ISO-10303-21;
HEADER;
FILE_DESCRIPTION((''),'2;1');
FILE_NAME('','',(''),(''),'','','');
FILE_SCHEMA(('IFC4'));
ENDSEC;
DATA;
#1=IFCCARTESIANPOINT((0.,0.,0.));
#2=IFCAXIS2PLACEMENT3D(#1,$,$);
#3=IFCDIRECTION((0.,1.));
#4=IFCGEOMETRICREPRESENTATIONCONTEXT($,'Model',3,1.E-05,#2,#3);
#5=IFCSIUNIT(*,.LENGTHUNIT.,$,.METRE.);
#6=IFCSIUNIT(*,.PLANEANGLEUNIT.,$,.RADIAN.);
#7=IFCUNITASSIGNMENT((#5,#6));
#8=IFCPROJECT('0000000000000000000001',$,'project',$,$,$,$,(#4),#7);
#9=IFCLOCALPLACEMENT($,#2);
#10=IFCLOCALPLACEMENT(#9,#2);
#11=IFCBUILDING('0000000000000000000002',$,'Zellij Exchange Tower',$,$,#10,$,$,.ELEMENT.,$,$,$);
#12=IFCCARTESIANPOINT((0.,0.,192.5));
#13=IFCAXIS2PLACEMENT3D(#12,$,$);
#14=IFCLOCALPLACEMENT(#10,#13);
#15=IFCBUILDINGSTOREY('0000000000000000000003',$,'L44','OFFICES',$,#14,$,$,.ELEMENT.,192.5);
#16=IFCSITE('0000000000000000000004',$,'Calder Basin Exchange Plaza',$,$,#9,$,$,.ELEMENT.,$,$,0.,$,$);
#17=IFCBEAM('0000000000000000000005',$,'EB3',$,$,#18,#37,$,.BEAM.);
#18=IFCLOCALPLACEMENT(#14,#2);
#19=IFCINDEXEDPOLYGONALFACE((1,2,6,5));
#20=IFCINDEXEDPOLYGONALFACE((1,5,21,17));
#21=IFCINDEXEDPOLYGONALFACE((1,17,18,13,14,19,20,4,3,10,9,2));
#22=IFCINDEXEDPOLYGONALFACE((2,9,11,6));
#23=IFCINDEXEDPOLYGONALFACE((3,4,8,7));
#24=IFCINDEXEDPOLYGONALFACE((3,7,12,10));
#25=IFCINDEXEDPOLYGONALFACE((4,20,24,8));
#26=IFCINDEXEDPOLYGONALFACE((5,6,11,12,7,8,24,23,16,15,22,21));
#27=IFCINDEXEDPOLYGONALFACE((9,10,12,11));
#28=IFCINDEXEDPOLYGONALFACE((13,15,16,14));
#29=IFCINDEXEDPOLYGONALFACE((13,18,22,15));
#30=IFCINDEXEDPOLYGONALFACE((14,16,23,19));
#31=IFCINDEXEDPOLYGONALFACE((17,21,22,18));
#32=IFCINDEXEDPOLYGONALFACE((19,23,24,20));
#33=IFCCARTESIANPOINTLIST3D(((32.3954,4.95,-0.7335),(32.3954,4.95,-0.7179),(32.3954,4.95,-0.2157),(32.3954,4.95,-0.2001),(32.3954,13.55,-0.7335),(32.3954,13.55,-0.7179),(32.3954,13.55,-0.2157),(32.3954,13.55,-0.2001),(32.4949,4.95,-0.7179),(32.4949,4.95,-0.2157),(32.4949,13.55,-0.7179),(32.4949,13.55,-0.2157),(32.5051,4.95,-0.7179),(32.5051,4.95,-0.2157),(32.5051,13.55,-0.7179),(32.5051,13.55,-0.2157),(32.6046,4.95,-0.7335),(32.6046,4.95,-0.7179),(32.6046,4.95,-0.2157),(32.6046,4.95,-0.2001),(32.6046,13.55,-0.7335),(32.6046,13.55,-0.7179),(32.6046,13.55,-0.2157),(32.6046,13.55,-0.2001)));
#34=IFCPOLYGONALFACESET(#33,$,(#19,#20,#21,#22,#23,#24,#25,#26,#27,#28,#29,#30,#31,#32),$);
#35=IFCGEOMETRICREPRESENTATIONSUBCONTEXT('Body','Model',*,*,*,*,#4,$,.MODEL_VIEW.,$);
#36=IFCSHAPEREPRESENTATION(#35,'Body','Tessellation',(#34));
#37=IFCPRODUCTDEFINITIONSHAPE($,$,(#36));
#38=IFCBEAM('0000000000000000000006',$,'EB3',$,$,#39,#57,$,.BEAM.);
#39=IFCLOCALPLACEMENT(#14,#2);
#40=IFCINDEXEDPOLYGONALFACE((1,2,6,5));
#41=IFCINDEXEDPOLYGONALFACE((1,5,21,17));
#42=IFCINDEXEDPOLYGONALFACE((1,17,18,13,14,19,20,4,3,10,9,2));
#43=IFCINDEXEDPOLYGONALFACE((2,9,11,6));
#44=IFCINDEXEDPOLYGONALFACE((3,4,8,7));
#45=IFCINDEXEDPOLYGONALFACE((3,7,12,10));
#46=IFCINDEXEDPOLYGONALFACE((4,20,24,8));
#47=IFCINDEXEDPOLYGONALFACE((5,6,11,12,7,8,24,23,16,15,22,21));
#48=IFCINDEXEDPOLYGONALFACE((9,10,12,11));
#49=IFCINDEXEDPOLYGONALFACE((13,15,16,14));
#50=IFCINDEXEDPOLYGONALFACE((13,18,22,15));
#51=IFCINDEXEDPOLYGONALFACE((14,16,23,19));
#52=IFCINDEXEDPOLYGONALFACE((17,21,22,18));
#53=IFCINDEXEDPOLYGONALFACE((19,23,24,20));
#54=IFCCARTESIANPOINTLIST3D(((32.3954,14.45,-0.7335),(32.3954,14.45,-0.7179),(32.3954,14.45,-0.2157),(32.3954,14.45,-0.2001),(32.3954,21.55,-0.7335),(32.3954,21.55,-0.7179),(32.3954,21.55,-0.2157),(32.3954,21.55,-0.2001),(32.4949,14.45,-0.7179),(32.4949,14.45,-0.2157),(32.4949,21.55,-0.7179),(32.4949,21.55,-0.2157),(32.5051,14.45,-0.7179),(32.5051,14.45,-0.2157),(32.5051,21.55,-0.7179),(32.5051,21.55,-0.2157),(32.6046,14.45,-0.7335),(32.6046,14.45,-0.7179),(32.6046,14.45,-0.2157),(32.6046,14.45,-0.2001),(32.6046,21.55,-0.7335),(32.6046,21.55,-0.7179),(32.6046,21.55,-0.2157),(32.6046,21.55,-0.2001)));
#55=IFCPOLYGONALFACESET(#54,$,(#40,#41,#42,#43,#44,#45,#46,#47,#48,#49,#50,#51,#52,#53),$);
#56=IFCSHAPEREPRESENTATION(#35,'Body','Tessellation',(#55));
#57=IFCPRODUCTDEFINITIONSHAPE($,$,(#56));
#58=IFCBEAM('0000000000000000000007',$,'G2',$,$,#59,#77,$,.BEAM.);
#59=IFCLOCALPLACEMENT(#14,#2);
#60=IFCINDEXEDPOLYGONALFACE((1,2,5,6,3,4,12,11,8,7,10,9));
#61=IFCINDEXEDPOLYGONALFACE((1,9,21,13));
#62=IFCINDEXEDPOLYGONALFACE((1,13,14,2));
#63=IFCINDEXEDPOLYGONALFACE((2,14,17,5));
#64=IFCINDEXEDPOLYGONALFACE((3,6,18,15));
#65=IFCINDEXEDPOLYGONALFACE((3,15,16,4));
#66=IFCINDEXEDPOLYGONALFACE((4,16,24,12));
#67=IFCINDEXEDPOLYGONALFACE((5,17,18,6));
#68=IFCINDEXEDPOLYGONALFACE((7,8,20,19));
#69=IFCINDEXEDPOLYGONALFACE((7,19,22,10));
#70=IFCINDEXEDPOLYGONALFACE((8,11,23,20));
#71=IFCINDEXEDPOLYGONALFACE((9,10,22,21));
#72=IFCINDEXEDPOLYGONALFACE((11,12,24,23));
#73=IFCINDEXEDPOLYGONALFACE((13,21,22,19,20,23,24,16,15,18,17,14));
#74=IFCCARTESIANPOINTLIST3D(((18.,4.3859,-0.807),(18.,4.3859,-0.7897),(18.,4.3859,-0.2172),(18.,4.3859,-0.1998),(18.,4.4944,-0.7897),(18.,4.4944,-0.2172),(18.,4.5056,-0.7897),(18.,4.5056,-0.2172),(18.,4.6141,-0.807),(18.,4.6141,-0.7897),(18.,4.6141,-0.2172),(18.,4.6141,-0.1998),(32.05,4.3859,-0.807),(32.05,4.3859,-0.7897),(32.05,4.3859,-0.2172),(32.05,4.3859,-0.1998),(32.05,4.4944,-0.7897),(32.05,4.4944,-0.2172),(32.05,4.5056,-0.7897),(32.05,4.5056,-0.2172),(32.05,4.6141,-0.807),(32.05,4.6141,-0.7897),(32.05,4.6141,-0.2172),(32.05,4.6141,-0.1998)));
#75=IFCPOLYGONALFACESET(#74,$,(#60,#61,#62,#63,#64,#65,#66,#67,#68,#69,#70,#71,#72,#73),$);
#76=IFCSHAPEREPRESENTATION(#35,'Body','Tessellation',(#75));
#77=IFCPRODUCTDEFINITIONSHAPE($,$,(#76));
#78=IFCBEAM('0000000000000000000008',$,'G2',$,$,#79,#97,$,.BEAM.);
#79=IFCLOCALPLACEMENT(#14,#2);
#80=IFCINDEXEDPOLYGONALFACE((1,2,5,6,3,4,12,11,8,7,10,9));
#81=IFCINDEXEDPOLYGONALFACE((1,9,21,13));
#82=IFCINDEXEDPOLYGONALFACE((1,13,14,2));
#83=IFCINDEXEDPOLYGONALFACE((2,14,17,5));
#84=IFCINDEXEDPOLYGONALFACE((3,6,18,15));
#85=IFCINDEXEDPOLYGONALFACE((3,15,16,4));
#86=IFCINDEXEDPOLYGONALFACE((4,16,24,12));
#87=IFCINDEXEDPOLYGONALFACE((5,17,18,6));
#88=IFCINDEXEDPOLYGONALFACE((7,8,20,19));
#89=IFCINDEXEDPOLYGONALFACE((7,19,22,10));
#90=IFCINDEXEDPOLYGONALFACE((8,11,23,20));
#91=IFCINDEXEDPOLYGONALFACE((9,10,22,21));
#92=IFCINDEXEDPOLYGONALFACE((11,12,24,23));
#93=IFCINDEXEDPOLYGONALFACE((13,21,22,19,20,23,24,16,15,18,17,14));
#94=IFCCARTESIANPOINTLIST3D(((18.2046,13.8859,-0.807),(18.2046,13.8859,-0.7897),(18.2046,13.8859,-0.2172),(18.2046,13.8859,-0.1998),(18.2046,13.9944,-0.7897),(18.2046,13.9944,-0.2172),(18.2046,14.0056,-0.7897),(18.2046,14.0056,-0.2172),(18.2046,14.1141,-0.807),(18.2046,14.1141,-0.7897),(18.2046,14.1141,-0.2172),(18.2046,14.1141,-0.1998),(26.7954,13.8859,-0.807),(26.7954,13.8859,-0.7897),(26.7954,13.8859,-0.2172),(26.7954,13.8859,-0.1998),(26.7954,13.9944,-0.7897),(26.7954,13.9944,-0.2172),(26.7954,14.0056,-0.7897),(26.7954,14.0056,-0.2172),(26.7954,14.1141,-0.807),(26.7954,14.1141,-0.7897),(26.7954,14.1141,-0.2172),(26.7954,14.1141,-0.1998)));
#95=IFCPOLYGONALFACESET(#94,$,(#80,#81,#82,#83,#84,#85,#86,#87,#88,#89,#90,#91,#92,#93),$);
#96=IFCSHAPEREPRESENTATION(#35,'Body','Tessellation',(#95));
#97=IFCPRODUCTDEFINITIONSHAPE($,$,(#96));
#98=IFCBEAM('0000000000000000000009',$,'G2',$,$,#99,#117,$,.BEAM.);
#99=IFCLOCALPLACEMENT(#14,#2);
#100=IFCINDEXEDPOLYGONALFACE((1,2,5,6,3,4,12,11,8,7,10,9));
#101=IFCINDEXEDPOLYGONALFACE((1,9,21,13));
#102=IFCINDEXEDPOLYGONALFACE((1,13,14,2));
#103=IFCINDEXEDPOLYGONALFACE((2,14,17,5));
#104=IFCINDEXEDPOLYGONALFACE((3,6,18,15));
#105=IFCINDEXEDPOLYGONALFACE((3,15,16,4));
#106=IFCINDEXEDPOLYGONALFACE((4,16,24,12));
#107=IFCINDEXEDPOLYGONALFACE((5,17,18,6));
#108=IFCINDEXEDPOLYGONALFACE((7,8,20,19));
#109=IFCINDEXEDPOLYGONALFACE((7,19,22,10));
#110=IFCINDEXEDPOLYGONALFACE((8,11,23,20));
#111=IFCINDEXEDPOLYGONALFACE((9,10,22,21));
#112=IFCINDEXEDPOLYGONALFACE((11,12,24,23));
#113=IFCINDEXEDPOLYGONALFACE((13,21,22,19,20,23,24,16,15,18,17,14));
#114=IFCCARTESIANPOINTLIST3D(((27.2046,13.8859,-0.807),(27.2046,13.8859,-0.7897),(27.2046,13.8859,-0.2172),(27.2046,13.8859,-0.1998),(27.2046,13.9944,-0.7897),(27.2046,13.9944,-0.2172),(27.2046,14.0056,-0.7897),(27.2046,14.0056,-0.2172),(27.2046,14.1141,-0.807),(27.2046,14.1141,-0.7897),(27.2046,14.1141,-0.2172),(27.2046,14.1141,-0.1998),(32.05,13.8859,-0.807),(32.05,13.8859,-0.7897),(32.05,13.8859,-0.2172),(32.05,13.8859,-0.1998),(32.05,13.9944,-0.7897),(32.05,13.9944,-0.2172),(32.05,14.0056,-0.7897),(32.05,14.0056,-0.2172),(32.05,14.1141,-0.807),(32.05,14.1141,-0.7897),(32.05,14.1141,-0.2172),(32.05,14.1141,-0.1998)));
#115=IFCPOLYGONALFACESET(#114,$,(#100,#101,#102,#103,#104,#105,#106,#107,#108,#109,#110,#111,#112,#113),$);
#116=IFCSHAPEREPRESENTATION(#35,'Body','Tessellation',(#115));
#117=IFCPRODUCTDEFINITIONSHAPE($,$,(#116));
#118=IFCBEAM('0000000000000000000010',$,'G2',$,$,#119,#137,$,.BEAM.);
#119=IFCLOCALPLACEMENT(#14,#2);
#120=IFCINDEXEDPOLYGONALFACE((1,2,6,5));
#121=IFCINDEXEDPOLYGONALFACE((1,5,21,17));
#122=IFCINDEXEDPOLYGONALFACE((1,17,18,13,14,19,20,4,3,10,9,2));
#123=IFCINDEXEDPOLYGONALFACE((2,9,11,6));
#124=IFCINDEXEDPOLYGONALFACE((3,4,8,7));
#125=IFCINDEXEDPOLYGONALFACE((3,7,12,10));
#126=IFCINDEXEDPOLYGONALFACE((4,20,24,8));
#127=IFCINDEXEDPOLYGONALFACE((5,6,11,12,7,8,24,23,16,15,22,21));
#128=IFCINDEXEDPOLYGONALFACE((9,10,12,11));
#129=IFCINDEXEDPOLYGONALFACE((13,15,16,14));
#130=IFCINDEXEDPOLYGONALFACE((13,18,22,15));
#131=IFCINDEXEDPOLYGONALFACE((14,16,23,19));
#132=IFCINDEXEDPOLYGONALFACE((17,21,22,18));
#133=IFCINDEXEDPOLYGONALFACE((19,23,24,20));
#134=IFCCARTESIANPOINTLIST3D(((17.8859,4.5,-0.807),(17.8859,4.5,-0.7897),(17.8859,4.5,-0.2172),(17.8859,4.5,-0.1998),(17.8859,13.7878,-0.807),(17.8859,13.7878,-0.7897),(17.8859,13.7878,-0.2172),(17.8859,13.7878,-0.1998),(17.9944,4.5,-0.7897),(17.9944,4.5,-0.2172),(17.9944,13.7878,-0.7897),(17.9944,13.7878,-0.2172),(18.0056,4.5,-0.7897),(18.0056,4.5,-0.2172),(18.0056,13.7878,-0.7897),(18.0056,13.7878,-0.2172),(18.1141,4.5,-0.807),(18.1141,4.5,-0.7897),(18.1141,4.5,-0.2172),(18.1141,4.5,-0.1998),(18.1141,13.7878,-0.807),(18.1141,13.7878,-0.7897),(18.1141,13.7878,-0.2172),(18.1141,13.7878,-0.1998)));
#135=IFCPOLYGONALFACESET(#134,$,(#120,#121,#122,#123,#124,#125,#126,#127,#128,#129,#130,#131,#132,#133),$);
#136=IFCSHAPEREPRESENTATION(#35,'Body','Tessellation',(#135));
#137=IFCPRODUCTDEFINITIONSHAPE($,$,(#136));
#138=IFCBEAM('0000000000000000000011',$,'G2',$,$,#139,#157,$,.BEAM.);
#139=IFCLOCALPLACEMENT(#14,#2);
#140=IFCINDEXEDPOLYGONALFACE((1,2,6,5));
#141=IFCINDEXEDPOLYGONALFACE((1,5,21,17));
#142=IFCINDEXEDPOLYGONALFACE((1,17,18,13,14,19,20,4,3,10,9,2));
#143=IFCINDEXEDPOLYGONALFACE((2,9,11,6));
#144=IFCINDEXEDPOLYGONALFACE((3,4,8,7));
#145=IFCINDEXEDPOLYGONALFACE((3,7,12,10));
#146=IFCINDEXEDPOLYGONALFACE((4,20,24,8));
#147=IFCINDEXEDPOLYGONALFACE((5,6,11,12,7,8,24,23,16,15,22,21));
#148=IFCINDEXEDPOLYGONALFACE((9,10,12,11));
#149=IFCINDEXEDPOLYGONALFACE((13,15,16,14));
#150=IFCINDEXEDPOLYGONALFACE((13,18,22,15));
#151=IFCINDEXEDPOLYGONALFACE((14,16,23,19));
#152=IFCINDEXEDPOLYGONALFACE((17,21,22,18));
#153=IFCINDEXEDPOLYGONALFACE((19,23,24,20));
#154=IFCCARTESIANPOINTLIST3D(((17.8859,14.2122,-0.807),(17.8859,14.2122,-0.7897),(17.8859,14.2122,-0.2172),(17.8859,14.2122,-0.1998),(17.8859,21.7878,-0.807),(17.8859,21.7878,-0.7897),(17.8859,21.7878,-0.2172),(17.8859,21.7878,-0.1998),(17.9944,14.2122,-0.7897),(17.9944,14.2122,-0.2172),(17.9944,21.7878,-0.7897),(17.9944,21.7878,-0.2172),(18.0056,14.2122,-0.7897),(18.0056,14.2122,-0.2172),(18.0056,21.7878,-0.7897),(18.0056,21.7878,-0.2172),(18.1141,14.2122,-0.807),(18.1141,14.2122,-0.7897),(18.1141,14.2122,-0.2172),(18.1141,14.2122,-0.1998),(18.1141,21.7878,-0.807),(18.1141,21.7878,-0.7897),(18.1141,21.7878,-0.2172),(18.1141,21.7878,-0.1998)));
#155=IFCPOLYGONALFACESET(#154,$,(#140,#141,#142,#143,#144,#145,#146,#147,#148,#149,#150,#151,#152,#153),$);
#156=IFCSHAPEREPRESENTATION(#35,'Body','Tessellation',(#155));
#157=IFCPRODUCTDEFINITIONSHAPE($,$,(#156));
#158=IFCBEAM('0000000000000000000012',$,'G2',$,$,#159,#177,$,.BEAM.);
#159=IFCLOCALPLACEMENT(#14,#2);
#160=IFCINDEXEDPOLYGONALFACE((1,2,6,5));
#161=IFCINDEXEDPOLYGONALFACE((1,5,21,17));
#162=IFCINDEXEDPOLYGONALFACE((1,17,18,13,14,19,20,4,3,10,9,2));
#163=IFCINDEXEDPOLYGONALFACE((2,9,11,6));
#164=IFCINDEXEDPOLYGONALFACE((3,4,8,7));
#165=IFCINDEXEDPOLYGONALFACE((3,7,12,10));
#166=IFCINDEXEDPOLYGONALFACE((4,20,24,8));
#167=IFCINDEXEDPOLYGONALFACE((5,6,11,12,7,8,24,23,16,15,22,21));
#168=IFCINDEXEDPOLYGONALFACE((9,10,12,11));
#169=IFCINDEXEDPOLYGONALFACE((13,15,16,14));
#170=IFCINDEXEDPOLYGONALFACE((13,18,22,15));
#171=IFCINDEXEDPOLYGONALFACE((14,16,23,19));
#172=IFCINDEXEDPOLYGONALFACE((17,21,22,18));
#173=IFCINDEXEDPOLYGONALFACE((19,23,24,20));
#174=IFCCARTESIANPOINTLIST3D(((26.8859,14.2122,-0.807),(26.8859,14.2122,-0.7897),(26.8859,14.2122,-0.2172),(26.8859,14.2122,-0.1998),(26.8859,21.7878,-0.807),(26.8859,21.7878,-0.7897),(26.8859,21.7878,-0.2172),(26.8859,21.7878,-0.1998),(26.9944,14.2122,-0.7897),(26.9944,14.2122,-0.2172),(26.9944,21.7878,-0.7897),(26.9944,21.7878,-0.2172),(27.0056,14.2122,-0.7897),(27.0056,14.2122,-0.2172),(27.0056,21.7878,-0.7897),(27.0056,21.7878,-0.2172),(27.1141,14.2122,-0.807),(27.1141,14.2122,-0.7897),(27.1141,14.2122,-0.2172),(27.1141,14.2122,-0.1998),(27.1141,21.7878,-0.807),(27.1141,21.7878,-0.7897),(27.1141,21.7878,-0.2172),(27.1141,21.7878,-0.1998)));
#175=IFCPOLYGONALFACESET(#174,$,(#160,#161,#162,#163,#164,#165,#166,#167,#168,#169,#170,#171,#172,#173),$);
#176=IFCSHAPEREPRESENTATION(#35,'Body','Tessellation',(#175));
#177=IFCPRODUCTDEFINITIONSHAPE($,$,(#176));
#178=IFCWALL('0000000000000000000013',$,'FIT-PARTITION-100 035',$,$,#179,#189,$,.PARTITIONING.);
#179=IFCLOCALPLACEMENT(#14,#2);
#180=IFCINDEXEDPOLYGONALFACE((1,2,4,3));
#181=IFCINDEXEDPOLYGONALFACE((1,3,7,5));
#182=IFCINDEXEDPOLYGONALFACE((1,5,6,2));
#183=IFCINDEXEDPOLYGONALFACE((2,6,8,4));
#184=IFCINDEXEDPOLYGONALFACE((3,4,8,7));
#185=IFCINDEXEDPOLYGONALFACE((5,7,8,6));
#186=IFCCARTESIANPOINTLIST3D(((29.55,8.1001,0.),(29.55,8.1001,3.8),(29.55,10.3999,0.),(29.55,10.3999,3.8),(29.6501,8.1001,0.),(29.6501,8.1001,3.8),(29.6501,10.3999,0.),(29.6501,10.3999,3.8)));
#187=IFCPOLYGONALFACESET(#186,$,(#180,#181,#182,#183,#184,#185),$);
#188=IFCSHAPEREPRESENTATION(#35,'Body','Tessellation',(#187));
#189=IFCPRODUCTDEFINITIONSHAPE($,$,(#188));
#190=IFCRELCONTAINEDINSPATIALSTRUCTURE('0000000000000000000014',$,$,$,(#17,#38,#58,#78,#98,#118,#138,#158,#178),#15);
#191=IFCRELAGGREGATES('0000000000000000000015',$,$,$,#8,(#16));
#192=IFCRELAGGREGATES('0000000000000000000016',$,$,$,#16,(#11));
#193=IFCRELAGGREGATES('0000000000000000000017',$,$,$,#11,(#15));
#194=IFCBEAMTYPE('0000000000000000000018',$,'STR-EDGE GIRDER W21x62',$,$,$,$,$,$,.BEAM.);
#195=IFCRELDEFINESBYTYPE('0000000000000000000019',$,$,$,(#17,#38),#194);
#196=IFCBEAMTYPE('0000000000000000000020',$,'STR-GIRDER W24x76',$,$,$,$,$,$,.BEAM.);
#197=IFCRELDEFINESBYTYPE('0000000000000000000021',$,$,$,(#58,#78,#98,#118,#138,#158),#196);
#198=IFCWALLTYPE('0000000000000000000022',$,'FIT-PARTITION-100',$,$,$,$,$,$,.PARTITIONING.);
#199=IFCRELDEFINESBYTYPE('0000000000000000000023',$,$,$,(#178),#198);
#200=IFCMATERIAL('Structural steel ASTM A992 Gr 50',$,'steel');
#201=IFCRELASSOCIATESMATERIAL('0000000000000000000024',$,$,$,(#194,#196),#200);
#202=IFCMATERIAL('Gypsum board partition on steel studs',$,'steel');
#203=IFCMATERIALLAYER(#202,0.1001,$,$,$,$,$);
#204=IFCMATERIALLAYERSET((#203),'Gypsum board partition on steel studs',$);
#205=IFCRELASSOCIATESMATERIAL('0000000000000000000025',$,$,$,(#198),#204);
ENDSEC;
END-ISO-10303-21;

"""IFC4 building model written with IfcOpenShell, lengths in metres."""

from ifc_helpers import new_model, si_unit, direction, frame, frame_2d, origin, origin_2d, place, context, subcontext, project, spatial, rectangle, i_section, extrude, material, layer, layer_set, material_profile, profile_set, type_object, element, save


model = new_model("IFC4")

# Units and contexts
model_context = context("Model", 3, precision=1e-05, world=origin(), true_north=direction((0.0, 1.0)))
body_context = subcontext(model_context, "Body", "Model", "MODEL_VIEW")
ifc_project = project(units=[si_unit("LENGTHUNIT", "METRE"), si_unit("PLANEANGLEUNIT", "RADIAN")], contexts=[model_context])

# Site, building, storey
site_placement = place(None, origin())
site = spatial("IfcSite", under=ifc_project, at=site_placement, Name="Calder Basin Exchange Plaza", CompositionType="ELEMENT", RefElevation=0.0)
building_placement = place(site_placement, origin())
building = spatial("IfcBuilding", under=site, at=building_placement, Name="Zellij Exchange Tower", CompositionType="ELEMENT")
storey_placement = place(building_placement, frame((0.0, 0.0, 192.5)))
storey = spatial("IfcBuildingStorey", under=building, at=storey_placement, Name="L44", Description="OFFICES", CompositionType="ELEMENT", Elevation=192.5)

# Beams
ifc_material_1 = material(Name="Structural steel ASTM A992 Gr 50", Category="steel")
ifc_material_profile_1 = material_profile(ifc_material_1, i_section(OverallWidth=0.2092, OverallDepth=0.5334, WebThickness=0.0103, FlangeThickness=0.0156, at=origin_2d()), Name="W21x62")
ifc_profile_set_1 = profile_set([ifc_material_profile_1], Name="Structural steel ASTM A992 Gr 50")
beam_type_1 = type_object("IfcBeamType", Name="STR-EDGE GIRDER W21x62", PredefinedType="BEAM", material=ifc_profile_set_1)
beam_1_placement = place(storey_placement, frame((32.5, 4.95, -0.4668), z_axis=(0.0, 1.0, 0.0), x_axis=(-1.0, 0.0, 0.0)))
element("IfcBeam", 1, at=beam_1_placement, inside=storey, type_object=beam_type_1, Name="EB3", PredefinedType="BEAM", context=body_context, shape_type="SweptSolid", body=[
    extrude(i_section(OverallWidth=0.2092, OverallDepth=0.5334, WebThickness=0.0103, FlangeThickness=0.0156, at=origin_2d()), origin(), (0.0, 0.0, 1.0), 8.6001),
])
beam_2_placement = place(storey_placement, frame((32.5, 14.45, -0.4668), z_axis=(0.0, 1.0, 0.0), x_axis=(-1.0, 0.0, 0.0)))
element("IfcBeam", 2, at=beam_2_placement, inside=storey, type_object=beam_type_1, Name="EB3", PredefinedType="BEAM", context=body_context, shape_type="SweptSolid", body=[
    extrude(i_section(OverallWidth=0.2092, OverallDepth=0.5334, WebThickness=0.0103, FlangeThickness=0.0156, at=origin_2d()), origin(), (0.0, 0.0, 1.0), 7.1001),
])
ifc_material_profile_2 = material_profile(ifc_material_1, i_section(OverallWidth=0.2283, OverallDepth=0.6072, WebThickness=0.0112, FlangeThickness=0.0173, at=origin_2d()), Name="W24x76")
ifc_profile_set_2 = profile_set([ifc_material_profile_2], Name="Structural steel ASTM A992 Gr 50")
beam_type_2 = type_object("IfcBeamType", Name="STR-GIRDER W24x76", PredefinedType="BEAM", material=ifc_profile_set_2)
beam_3_placement = place(storey_placement, frame((18.0, 4.5, -0.5034), z_axis=(1.0, 0.0, 0.0), x_axis=(0.0, 1.0, 0.0)))
element("IfcBeam", 3, at=beam_3_placement, inside=storey, type_object=beam_type_2, Name="G2", PredefinedType="BEAM", context=body_context, shape_type="SweptSolid", body=[
    extrude(i_section(OverallWidth=0.2283, OverallDepth=0.6072, WebThickness=0.0112, FlangeThickness=0.0173, at=origin_2d()), origin(), (0.0, 0.0, 1.0), 14.05),
])
beam_4_placement = place(storey_placement, frame((18.2046, 14.0, -0.5034), z_axis=(1.0, 0.0, 0.0), x_axis=(0.0, 1.0, 0.0)))
element("IfcBeam", 4, at=beam_4_placement, inside=storey, type_object=beam_type_2, Name="G2", PredefinedType="BEAM", context=body_context, shape_type="SweptSolid", body=[
    extrude(i_section(OverallWidth=0.2283, OverallDepth=0.6072, WebThickness=0.0112, FlangeThickness=0.0173, at=origin_2d()), origin(), (0.0, 0.0, 1.0), 8.5908),
])
beam_5_placement = place(storey_placement, frame((27.2046, 14.0, -0.5034), z_axis=(1.0, 0.0, 0.0), x_axis=(0.0, 1.0, 0.0)))
element("IfcBeam", 5, at=beam_5_placement, inside=storey, type_object=beam_type_2, Name="G2", PredefinedType="BEAM", context=body_context, shape_type="SweptSolid", body=[
    extrude(i_section(OverallWidth=0.2283, OverallDepth=0.6072, WebThickness=0.0112, FlangeThickness=0.0173, at=origin_2d()), origin(), (0.0, 0.0, 1.0), 4.8455),
])
beam_6_placement = place(storey_placement, frame((18.0, 4.5, -0.5034), z_axis=(0.0, 1.0, 0.0), x_axis=(-1.0, 0.0, 0.0)))
element("IfcBeam", 6, at=beam_6_placement, inside=storey, type_object=beam_type_2, Name="G2", PredefinedType="BEAM", context=body_context, shape_type="SweptSolid", body=[
    extrude(i_section(OverallWidth=0.2283, OverallDepth=0.6072, WebThickness=0.0112, FlangeThickness=0.0173, at=origin_2d()), origin(), (0.0, 0.0, 1.0), 9.2878),
])
for number, where, z_axis, x_axis, name in (
    (7, (18.0, 14.2122, -0.5034), (0.0, 1.0, 0.0), (-1.0, 0.0, 0.0), "G2"),
    (8, (27.0, 14.2122, -0.5034), (0.0, 1.0, 0.0), (-1.0, 0.0, 0.0), "G2"),
):
    element("IfcBeam", number, at=place(storey_placement, frame(where, z_axis=z_axis, x_axis=x_axis)), inside=storey, type_object=beam_type_2, Name=name, PredefinedType="BEAM", context=body_context, shape_type="SweptSolid", body=[
        extrude(i_section(OverallWidth=0.2283, OverallDepth=0.6072, WebThickness=0.0112, FlangeThickness=0.0173, at=origin_2d()), origin(), (0.0, 0.0, 1.0), 7.5757),
    ])

# Wall
ifc_material_2 = material(Name="Gypsum board partition on steel studs", Category="steel")
ifc_layer = layer(ifc_material_2, 0.1001)
ifc_layer_set = layer_set([ifc_layer], Name="Gypsum board partition on steel studs")
wall_type = type_object("IfcWallType", Name="FIT-PARTITION-100", PredefinedType="PARTITIONING", material=ifc_layer_set)
wall_1_placement = place(storey_placement, frame((29.6001, 8.1001, 0.0), z_axis=(0.0, 0.0, 1.0), x_axis=(0.0, 1.0, 0.0)))
element("IfcWall", 9, at=wall_1_placement, inside=storey, type_object=wall_type, Name="FIT-PARTITION-100 035", PredefinedType="PARTITIONING", context=body_context, shape_type="SweptSolid", body=[
    extrude(rectangle(XDim=2.2998, YDim=0.1001, at=frame_2d((1.1499, 0.0))), origin(), (0.0, 0.0, 1.0), 3.8),
])

save(model, "model.ifc")
